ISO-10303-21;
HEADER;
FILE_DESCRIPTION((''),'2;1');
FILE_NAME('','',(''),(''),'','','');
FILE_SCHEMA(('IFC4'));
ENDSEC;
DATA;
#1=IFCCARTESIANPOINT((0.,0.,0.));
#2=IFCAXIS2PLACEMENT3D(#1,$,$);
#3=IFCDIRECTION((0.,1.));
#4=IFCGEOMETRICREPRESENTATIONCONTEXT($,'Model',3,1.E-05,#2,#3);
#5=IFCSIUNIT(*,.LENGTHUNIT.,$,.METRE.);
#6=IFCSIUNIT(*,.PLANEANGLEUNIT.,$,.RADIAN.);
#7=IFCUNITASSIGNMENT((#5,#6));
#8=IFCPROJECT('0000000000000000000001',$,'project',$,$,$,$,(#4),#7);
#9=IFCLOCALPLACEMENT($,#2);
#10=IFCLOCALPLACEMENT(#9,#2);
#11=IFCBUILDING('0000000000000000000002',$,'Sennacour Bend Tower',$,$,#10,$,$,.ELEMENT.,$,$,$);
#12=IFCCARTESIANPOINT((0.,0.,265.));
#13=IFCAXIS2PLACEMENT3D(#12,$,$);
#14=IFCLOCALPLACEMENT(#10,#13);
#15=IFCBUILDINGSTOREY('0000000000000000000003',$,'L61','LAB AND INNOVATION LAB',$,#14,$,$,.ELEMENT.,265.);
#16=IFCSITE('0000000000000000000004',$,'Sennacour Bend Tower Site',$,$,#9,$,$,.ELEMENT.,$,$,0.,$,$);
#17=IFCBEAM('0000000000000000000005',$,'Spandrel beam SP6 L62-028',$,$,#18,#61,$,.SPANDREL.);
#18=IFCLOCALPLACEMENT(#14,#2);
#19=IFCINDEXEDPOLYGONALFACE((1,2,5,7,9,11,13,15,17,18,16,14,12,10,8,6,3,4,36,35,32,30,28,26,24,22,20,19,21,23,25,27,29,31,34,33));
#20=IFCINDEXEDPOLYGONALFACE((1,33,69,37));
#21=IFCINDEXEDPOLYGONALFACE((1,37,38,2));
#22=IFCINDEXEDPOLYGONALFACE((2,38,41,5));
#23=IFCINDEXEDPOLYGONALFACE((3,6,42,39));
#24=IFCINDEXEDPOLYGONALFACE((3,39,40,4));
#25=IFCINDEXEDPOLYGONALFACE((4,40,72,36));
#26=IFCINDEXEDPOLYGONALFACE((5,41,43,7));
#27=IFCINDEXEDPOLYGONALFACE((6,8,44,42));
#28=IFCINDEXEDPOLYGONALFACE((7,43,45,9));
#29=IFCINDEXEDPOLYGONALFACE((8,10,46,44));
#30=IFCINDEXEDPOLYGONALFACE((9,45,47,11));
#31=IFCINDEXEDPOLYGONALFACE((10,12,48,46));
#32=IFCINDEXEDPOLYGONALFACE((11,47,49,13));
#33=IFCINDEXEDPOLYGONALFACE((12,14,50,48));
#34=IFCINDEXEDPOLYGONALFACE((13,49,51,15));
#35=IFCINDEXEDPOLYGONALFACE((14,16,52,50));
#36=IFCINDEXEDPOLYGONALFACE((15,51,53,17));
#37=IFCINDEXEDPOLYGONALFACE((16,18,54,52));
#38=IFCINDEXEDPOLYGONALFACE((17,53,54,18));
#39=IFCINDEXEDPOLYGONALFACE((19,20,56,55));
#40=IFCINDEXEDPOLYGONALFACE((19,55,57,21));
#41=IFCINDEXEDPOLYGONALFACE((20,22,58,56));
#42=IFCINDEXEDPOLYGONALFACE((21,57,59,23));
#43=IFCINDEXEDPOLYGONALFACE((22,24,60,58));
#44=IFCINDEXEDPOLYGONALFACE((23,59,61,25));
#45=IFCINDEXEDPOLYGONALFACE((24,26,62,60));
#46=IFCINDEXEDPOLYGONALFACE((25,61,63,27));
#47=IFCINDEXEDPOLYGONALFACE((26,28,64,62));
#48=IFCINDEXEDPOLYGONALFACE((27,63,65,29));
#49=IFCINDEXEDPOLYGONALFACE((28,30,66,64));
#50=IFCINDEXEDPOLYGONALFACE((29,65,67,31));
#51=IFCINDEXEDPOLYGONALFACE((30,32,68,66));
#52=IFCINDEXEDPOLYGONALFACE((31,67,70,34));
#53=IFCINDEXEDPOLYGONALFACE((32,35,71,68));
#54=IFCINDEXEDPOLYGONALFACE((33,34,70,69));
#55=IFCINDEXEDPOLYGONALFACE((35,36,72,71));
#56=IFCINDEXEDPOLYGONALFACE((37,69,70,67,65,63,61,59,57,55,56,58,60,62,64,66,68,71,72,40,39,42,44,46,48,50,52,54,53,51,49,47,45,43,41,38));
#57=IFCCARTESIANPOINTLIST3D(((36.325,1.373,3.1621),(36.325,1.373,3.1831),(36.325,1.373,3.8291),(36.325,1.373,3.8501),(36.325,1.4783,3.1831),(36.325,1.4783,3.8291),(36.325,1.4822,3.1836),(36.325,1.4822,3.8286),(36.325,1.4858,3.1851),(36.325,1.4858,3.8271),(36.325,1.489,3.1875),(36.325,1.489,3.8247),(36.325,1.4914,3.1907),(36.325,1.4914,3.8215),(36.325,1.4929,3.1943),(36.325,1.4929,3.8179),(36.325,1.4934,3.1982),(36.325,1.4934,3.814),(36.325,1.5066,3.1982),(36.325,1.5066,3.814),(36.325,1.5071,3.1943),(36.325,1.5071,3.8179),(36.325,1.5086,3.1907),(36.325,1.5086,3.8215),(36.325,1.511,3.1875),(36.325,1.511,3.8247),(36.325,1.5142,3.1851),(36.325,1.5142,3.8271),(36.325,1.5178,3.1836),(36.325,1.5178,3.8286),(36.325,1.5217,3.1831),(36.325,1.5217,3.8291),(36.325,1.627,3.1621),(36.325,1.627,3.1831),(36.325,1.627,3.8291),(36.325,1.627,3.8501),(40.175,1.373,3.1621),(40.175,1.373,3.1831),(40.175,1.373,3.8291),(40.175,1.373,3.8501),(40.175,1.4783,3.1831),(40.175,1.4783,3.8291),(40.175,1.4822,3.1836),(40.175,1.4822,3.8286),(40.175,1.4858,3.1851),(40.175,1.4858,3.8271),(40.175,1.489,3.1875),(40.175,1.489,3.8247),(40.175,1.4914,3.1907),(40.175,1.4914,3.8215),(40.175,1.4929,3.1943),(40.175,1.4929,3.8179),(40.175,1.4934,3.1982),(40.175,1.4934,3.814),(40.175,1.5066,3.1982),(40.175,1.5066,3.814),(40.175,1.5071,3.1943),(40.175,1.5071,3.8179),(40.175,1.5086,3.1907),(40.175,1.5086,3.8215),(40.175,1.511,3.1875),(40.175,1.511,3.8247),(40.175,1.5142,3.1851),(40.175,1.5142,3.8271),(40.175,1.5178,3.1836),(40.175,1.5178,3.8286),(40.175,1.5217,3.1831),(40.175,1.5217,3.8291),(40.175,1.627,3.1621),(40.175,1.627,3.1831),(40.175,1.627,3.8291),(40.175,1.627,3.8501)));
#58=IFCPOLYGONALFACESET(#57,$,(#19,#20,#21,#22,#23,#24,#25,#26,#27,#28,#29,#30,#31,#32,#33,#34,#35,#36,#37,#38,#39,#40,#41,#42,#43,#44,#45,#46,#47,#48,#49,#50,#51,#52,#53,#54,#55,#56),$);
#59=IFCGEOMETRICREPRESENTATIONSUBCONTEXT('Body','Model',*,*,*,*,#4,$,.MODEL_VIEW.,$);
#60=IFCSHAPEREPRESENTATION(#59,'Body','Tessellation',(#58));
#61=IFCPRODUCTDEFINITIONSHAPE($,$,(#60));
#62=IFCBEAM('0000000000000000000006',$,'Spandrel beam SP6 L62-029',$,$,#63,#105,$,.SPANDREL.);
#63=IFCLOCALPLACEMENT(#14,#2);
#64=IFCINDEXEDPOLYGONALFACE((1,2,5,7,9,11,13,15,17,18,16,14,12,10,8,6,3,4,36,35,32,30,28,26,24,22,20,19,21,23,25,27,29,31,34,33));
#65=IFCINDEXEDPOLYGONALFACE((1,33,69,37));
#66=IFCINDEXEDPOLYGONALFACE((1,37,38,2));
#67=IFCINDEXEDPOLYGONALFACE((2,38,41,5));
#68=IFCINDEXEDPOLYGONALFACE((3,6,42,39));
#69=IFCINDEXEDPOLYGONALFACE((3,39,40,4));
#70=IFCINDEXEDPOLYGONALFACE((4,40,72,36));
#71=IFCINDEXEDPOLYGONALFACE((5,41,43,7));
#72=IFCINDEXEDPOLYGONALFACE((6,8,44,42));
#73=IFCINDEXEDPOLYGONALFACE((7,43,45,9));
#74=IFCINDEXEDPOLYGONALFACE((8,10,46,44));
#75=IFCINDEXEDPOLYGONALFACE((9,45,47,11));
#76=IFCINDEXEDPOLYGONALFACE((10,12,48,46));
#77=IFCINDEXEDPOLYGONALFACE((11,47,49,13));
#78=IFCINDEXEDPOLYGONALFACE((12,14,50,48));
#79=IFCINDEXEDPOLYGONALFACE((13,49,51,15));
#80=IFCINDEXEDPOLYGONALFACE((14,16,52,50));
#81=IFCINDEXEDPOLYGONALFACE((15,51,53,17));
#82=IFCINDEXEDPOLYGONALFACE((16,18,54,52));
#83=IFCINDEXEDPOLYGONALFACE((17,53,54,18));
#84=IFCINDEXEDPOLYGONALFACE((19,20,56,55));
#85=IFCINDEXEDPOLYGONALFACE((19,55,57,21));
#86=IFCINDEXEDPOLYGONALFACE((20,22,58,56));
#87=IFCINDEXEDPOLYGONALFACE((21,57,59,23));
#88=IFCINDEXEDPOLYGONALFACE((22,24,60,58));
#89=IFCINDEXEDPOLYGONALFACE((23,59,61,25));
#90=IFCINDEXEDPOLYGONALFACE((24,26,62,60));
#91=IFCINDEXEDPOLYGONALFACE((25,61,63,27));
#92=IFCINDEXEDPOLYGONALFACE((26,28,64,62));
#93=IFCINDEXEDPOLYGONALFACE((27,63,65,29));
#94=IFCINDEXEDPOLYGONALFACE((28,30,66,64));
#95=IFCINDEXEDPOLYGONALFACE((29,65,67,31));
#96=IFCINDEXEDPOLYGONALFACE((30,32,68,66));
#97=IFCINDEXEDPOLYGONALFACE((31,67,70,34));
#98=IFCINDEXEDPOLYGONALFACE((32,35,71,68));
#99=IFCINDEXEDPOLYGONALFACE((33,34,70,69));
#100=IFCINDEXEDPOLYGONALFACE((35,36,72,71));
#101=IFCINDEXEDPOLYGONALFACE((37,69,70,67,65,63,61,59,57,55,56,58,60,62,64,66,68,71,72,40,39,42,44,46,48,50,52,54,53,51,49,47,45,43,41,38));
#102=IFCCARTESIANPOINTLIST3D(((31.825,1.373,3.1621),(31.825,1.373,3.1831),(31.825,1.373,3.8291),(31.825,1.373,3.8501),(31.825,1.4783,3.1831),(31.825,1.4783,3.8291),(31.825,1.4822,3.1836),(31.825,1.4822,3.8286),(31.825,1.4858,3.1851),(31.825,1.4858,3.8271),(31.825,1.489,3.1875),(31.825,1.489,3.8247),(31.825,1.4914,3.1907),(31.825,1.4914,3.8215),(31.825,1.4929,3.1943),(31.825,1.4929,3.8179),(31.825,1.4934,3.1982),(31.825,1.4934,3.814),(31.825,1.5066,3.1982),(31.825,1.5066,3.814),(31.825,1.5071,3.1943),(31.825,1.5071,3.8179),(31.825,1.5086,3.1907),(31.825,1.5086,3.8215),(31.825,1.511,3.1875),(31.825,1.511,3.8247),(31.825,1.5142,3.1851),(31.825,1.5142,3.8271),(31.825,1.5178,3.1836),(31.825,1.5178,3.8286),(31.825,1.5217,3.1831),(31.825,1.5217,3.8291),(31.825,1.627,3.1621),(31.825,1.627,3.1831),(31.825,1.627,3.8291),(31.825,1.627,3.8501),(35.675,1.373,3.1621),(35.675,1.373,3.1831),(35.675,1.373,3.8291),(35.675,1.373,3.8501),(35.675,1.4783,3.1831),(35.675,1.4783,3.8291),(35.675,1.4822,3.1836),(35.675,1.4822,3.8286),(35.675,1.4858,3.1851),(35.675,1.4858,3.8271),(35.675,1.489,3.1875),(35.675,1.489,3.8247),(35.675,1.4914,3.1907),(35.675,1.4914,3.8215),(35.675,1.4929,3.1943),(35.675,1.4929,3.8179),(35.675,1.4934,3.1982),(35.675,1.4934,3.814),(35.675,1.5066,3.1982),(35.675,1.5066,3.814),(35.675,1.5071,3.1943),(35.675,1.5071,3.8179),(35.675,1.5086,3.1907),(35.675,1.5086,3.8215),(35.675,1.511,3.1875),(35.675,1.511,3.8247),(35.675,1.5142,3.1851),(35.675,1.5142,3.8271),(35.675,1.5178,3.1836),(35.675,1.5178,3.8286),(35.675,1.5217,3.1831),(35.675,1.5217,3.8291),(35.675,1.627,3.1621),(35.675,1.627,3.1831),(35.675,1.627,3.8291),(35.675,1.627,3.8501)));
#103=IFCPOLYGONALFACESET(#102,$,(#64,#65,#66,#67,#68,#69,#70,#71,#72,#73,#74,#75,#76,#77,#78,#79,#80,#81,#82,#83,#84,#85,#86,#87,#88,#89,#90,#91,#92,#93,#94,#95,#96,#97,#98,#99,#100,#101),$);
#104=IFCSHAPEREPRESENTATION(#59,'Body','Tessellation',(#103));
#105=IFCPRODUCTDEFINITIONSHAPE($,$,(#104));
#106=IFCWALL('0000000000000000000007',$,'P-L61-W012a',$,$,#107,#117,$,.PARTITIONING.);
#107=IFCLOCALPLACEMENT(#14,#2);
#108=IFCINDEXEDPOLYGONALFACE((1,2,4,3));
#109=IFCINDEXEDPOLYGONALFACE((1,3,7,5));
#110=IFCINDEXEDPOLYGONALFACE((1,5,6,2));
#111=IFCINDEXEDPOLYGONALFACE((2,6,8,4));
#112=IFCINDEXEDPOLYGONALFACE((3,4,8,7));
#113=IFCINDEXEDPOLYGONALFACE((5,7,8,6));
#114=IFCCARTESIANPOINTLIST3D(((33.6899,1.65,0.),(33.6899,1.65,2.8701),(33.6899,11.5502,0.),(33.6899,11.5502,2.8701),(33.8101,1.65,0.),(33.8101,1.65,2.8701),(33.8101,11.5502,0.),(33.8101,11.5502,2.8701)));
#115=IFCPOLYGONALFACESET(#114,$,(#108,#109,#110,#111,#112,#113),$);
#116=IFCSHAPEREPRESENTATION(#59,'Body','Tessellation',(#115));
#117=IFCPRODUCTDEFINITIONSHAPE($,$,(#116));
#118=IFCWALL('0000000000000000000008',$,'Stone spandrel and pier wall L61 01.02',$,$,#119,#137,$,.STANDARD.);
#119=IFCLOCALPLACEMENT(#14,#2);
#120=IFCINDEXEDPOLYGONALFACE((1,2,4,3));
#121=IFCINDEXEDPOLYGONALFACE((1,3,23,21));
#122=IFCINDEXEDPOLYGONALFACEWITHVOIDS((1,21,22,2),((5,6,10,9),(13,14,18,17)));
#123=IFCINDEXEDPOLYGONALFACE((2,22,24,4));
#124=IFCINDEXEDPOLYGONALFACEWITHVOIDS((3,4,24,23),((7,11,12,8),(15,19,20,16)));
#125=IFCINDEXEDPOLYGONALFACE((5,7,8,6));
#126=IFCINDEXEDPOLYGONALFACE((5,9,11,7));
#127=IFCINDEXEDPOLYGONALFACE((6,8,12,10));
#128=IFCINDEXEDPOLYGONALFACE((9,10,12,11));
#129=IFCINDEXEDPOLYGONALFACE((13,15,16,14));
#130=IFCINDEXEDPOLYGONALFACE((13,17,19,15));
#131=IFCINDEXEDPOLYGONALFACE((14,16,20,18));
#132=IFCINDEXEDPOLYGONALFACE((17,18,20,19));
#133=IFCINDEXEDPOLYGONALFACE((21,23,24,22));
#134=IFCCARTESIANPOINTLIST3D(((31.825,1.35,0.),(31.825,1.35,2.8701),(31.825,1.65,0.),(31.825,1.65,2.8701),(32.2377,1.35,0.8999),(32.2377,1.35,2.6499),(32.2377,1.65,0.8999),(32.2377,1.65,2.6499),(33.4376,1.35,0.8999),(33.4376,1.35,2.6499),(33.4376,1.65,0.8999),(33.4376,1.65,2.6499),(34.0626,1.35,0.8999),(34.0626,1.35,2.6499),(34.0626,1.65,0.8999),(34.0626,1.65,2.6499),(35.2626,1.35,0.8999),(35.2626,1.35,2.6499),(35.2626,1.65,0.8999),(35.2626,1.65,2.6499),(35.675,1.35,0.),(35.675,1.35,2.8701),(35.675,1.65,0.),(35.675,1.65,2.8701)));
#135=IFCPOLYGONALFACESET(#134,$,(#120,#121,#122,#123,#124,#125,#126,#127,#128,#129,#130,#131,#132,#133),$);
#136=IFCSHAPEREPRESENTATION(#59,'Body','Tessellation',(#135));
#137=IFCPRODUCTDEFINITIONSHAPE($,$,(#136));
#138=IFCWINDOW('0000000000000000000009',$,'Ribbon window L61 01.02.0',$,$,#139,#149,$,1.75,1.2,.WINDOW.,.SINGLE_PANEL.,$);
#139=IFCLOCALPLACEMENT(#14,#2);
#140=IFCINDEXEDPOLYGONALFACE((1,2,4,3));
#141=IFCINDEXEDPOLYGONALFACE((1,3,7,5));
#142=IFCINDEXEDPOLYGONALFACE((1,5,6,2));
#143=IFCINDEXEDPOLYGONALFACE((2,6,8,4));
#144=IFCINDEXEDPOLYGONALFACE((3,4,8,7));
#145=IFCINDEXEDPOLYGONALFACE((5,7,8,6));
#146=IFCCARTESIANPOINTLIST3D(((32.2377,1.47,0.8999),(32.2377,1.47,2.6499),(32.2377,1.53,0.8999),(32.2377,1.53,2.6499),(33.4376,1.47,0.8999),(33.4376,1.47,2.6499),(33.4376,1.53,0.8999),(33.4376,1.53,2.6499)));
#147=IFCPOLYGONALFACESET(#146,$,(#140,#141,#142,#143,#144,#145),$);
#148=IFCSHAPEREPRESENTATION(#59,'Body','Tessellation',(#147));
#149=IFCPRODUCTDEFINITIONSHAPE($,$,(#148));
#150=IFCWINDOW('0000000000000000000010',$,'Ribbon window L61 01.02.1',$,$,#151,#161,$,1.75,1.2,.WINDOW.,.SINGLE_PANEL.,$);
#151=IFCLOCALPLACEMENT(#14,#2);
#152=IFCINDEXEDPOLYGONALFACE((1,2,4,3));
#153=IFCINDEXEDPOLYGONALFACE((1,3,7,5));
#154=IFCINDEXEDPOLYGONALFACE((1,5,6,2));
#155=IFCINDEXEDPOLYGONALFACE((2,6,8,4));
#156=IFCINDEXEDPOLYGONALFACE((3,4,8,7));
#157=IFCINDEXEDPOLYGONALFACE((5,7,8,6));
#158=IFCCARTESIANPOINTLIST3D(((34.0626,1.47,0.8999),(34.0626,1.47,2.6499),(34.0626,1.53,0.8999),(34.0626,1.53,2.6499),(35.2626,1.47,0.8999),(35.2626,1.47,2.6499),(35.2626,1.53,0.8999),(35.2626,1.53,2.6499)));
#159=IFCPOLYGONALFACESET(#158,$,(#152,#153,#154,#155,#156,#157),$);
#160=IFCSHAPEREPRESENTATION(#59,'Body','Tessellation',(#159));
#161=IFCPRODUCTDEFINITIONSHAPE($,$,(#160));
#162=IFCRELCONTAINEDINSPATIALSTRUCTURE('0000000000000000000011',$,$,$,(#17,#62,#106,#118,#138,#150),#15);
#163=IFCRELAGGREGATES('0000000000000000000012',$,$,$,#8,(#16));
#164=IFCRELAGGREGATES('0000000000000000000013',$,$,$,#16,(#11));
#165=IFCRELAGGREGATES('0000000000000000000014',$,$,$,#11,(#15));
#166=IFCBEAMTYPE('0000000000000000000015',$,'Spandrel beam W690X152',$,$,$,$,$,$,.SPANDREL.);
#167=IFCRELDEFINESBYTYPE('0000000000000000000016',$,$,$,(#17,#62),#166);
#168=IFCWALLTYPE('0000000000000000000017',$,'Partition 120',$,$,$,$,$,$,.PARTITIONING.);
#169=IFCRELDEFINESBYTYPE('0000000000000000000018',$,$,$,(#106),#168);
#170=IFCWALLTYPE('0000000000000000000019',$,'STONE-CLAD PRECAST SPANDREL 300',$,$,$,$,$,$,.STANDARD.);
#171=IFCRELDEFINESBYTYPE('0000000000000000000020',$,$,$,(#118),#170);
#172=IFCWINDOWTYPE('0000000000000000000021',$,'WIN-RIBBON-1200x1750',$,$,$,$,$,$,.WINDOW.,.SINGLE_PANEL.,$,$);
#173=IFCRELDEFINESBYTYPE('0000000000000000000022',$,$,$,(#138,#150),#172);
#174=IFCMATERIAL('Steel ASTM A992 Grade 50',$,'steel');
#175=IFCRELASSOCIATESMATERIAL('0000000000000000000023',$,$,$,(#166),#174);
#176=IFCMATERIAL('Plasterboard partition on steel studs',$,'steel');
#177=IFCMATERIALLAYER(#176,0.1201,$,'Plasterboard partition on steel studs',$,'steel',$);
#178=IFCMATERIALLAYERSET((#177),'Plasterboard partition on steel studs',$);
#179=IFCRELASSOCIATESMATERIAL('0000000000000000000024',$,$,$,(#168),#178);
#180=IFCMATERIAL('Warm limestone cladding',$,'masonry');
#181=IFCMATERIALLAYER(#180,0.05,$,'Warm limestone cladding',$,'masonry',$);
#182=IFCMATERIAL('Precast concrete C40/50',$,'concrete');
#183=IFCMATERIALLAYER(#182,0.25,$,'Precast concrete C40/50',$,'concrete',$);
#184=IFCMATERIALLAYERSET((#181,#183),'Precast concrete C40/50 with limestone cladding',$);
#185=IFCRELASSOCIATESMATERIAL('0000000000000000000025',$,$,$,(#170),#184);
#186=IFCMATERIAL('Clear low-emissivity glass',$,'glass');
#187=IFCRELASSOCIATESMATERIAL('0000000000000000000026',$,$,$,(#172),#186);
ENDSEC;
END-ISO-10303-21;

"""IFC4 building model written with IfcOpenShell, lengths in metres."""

from ifc_helpers import new_model, si_unit, direction, frame, frame_2d, origin, origin_2d, place, context, subcontext, project, spatial, rectangle, i_section, extrude, material, layer, layer_set, material_profile, profile_set, type_object, element, fill, save


model = new_model("IFC4")

# Units and contexts
model_context = context("Model", 3, precision=1e-05, world=origin(), true_north=direction((0.0, 1.0)))
body_context = subcontext(model_context, "Body", "Model", "MODEL_VIEW")
ifc_project = project(units=[si_unit("LENGTHUNIT", "METRE"), si_unit("PLANEANGLEUNIT", "RADIAN")], contexts=[model_context])

# Site, building, storey
site_placement = place(None, origin())
site = spatial("IfcSite", under=ifc_project, at=site_placement, Name="Sennacour Bend Tower Site", CompositionType="ELEMENT", RefElevation=0.0)
building_placement = place(site_placement, origin())
building = spatial("IfcBuilding", under=site, at=building_placement, Name="Sennacour Bend Tower", CompositionType="ELEMENT")
storey_placement = place(building_placement, frame((0.0, 0.0, 265.0)))
storey = spatial("IfcBuildingStorey", under=building, at=storey_placement, Name="L61", Description="LAB AND INNOVATION LAB", CompositionType="ELEMENT", Elevation=265.0)

# Beams
ifc_material_1 = material(Name="Steel ASTM A992 Grade 50", Category="steel")
ifc_material_profile_1 = material_profile(ifc_material_1, i_section(OverallWidth=0.2539, OverallDepth=0.688, WebThickness=0.0132, FlangeThickness=0.021, FilletRadius=0.0151, at=origin_2d()), Name="Steel ASTM A992 Grade 50", Category="steel")
ifc_profile_set_1 = profile_set([ifc_material_profile_1], Name="Steel ASTM A992 Grade 50")
beam_type_1 = type_object("IfcBeamType", Name="Spandrel beam W690X152", PredefinedType="SPANDREL", material=ifc_profile_set_1)
for number, where, z_axis, x_axis, name in (
    (1, (40.175, 1.5, 3.5061), (-1.0, 0.0, 0.0), (0.0, -1.0, 0.0), "Spandrel beam SP6 L62-028"),
    (2, (35.675, 1.5, 3.5061), (-1.0, 0.0, 0.0), (0.0, -1.0, 0.0), "Spandrel beam SP6 L62-029"),
):
    element("IfcBeam", number, at=place(storey_placement, frame(where, z_axis=z_axis, x_axis=x_axis)), inside=storey, type_object=beam_type_1, Name=name, PredefinedType="SPANDREL", context=body_context, shape_type="SweptSolid", body=[
        extrude(i_section(OverallWidth=0.2539, OverallDepth=0.688, WebThickness=0.0132, FlangeThickness=0.021, FilletRadius=0.0151, at=origin_2d()), origin(), (0.0, 0.0, 1.0), 3.8501),
    ])

# Wall
ifc_material_2 = material(Name="Plasterboard partition on steel studs", Category="steel")
ifc_layer_1 = layer(ifc_material_2, 0.1201, Name="Plasterboard partition on steel studs", Category="steel")
ifc_layer_set_1 = layer_set([ifc_layer_1], Name="Plasterboard partition on steel studs")
wall_type_1 = type_object("IfcWallType", Name="Partition 120", PredefinedType="PARTITIONING", material=ifc_layer_set_1)
wall_1_placement = place(storey_placement, frame((33.75, 1.6499, 0.0), z_axis=(0.0, 0.0, 1.0), x_axis=(0.0, 1.0, 0.0)))
element("IfcWall", 3, at=wall_1_placement, inside=storey, type_object=wall_type_1, Name="P-L61-W012a", PredefinedType="PARTITIONING", context=body_context, shape_type="SweptSolid", body=[
    extrude(rectangle(XDim=9.9001, YDim=0.1201, at=frame_2d((4.9502, 0.0))), origin(), (0.0, 0.0, 1.0), 2.8701),
])

# Wall, openings, windows
ifc_material_3 = material(Name="Warm limestone cladding", Category="masonry")
ifc_layer_2 = layer(ifc_material_3, 0.05, Name="Warm limestone cladding", Category="masonry")
ifc_material_4 = material(Name="Precast concrete C40/50", Category="concrete")
ifc_layer_3 = layer(ifc_material_4, 0.25, Name="Precast concrete C40/50", Category="concrete")
ifc_layer_set_2 = layer_set([ifc_layer_2, ifc_layer_3], Name="Precast concrete C40/50 with limestone cladding")
wall_type_2 = type_object("IfcWallType", Name="STONE-CLAD PRECAST SPANDREL 300", PredefinedType="STANDARD", material=ifc_layer_set_2)
wall_2_placement = place(storey_placement, frame((31.825, 1.5, 0.0), z_axis=(0.0, 0.0, 1.0), x_axis=(1.0, 0.0, 0.0)))
wall_2 = element("IfcWall", 4, at=wall_2_placement, inside=storey, type_object=wall_type_2, Name="Stone spandrel and pier wall L61 01.02", PredefinedType="STANDARD", context=body_context, shape_type="SweptSolid", body=[
    extrude(rectangle(XDim=3.8501, YDim=0.3, at=frame_2d((1.925, 0.0))), origin(), (0.0, 0.0, 1.0), 2.8701),
])
opening_1_placement = place(wall_2_placement, frame((0.4126, 0.0, 0.8999)))
opening_1 = element("IfcOpeningElement", 5, at=opening_1_placement, cuts=wall_2, PredefinedType="OPENING", context=body_context, shape_type="SweptSolid", body=[
    extrude(rectangle(XDim=1.2, YDim=1.75, at=frame_2d((0.6001, 0.875))), frame((0.0, 0.1602, 0.0), z_axis=(0.0, -1.0, 0.0), x_axis=(1.0, 0.0, 0.0)), (0.0, 0.0, 1.0), 0.3201),
])
opening_2_placement = place(wall_2_placement, frame((2.2375, 0.0, 0.8999)))
opening_2 = element("IfcOpeningElement", 6, at=opening_2_placement, cuts=wall_2, PredefinedType="OPENING", context=body_context, shape_type="SweptSolid", body=[
    extrude(rectangle(XDim=1.2, YDim=1.75, at=frame_2d((0.6001, 0.875))), frame((0.0, 0.1602, 0.0), z_axis=(0.0, -1.0, 0.0), x_axis=(1.0, 0.0, 0.0)), (0.0, 0.0, 1.0), 0.3201),
])
ifc_material_5 = material(Name="Clear low-emissivity glass", Category="glass")
window_type = type_object("IfcWindowType", Name="WIN-RIBBON-1200x1750", PartitioningType="SINGLE_PANEL", PredefinedType="WINDOW", material=ifc_material_5)
window_1_placement = place(opening_1_placement, origin())
window_1 = element("IfcWindow", 7, at=window_1_placement, inside=storey, type_object=window_type, Name="Ribbon window L61 01.02.0", OverallHeight=1.75, OverallWidth=1.2, PartitioningType="SINGLE_PANEL", PredefinedType="WINDOW", context=body_context, shape_type="SweptSolid", body=[
    extrude(rectangle(XDim=1.2, YDim=1.75, at=frame_2d((0.6001, 0.875))), frame((0.0, 0.03, 0.0), z_axis=(0.0, -1.0, 0.0), x_axis=(1.0, 0.0, 0.0)), (0.0, 0.0, 1.0), 0.0601),
])
fill(opening_1, window_1)
window_2_placement = place(opening_2_placement, origin())
window_2 = element("IfcWindow", 8, at=window_2_placement, inside=storey, type_object=window_type, Name="Ribbon window L61 01.02.1", OverallHeight=1.75, OverallWidth=1.2, PartitioningType="SINGLE_PANEL", PredefinedType="WINDOW", context=body_context, shape_type="SweptSolid", body=[
    extrude(rectangle(XDim=1.2, YDim=1.75, at=frame_2d((0.6001, 0.875))), frame((0.0, 0.03, 0.0), z_axis=(0.0, -1.0, 0.0), x_axis=(1.0, 0.0, 0.0)), (0.0, 0.0, 1.0), 0.0601),
])
fill(opening_2, window_2)

save(model, "model.ifc")
